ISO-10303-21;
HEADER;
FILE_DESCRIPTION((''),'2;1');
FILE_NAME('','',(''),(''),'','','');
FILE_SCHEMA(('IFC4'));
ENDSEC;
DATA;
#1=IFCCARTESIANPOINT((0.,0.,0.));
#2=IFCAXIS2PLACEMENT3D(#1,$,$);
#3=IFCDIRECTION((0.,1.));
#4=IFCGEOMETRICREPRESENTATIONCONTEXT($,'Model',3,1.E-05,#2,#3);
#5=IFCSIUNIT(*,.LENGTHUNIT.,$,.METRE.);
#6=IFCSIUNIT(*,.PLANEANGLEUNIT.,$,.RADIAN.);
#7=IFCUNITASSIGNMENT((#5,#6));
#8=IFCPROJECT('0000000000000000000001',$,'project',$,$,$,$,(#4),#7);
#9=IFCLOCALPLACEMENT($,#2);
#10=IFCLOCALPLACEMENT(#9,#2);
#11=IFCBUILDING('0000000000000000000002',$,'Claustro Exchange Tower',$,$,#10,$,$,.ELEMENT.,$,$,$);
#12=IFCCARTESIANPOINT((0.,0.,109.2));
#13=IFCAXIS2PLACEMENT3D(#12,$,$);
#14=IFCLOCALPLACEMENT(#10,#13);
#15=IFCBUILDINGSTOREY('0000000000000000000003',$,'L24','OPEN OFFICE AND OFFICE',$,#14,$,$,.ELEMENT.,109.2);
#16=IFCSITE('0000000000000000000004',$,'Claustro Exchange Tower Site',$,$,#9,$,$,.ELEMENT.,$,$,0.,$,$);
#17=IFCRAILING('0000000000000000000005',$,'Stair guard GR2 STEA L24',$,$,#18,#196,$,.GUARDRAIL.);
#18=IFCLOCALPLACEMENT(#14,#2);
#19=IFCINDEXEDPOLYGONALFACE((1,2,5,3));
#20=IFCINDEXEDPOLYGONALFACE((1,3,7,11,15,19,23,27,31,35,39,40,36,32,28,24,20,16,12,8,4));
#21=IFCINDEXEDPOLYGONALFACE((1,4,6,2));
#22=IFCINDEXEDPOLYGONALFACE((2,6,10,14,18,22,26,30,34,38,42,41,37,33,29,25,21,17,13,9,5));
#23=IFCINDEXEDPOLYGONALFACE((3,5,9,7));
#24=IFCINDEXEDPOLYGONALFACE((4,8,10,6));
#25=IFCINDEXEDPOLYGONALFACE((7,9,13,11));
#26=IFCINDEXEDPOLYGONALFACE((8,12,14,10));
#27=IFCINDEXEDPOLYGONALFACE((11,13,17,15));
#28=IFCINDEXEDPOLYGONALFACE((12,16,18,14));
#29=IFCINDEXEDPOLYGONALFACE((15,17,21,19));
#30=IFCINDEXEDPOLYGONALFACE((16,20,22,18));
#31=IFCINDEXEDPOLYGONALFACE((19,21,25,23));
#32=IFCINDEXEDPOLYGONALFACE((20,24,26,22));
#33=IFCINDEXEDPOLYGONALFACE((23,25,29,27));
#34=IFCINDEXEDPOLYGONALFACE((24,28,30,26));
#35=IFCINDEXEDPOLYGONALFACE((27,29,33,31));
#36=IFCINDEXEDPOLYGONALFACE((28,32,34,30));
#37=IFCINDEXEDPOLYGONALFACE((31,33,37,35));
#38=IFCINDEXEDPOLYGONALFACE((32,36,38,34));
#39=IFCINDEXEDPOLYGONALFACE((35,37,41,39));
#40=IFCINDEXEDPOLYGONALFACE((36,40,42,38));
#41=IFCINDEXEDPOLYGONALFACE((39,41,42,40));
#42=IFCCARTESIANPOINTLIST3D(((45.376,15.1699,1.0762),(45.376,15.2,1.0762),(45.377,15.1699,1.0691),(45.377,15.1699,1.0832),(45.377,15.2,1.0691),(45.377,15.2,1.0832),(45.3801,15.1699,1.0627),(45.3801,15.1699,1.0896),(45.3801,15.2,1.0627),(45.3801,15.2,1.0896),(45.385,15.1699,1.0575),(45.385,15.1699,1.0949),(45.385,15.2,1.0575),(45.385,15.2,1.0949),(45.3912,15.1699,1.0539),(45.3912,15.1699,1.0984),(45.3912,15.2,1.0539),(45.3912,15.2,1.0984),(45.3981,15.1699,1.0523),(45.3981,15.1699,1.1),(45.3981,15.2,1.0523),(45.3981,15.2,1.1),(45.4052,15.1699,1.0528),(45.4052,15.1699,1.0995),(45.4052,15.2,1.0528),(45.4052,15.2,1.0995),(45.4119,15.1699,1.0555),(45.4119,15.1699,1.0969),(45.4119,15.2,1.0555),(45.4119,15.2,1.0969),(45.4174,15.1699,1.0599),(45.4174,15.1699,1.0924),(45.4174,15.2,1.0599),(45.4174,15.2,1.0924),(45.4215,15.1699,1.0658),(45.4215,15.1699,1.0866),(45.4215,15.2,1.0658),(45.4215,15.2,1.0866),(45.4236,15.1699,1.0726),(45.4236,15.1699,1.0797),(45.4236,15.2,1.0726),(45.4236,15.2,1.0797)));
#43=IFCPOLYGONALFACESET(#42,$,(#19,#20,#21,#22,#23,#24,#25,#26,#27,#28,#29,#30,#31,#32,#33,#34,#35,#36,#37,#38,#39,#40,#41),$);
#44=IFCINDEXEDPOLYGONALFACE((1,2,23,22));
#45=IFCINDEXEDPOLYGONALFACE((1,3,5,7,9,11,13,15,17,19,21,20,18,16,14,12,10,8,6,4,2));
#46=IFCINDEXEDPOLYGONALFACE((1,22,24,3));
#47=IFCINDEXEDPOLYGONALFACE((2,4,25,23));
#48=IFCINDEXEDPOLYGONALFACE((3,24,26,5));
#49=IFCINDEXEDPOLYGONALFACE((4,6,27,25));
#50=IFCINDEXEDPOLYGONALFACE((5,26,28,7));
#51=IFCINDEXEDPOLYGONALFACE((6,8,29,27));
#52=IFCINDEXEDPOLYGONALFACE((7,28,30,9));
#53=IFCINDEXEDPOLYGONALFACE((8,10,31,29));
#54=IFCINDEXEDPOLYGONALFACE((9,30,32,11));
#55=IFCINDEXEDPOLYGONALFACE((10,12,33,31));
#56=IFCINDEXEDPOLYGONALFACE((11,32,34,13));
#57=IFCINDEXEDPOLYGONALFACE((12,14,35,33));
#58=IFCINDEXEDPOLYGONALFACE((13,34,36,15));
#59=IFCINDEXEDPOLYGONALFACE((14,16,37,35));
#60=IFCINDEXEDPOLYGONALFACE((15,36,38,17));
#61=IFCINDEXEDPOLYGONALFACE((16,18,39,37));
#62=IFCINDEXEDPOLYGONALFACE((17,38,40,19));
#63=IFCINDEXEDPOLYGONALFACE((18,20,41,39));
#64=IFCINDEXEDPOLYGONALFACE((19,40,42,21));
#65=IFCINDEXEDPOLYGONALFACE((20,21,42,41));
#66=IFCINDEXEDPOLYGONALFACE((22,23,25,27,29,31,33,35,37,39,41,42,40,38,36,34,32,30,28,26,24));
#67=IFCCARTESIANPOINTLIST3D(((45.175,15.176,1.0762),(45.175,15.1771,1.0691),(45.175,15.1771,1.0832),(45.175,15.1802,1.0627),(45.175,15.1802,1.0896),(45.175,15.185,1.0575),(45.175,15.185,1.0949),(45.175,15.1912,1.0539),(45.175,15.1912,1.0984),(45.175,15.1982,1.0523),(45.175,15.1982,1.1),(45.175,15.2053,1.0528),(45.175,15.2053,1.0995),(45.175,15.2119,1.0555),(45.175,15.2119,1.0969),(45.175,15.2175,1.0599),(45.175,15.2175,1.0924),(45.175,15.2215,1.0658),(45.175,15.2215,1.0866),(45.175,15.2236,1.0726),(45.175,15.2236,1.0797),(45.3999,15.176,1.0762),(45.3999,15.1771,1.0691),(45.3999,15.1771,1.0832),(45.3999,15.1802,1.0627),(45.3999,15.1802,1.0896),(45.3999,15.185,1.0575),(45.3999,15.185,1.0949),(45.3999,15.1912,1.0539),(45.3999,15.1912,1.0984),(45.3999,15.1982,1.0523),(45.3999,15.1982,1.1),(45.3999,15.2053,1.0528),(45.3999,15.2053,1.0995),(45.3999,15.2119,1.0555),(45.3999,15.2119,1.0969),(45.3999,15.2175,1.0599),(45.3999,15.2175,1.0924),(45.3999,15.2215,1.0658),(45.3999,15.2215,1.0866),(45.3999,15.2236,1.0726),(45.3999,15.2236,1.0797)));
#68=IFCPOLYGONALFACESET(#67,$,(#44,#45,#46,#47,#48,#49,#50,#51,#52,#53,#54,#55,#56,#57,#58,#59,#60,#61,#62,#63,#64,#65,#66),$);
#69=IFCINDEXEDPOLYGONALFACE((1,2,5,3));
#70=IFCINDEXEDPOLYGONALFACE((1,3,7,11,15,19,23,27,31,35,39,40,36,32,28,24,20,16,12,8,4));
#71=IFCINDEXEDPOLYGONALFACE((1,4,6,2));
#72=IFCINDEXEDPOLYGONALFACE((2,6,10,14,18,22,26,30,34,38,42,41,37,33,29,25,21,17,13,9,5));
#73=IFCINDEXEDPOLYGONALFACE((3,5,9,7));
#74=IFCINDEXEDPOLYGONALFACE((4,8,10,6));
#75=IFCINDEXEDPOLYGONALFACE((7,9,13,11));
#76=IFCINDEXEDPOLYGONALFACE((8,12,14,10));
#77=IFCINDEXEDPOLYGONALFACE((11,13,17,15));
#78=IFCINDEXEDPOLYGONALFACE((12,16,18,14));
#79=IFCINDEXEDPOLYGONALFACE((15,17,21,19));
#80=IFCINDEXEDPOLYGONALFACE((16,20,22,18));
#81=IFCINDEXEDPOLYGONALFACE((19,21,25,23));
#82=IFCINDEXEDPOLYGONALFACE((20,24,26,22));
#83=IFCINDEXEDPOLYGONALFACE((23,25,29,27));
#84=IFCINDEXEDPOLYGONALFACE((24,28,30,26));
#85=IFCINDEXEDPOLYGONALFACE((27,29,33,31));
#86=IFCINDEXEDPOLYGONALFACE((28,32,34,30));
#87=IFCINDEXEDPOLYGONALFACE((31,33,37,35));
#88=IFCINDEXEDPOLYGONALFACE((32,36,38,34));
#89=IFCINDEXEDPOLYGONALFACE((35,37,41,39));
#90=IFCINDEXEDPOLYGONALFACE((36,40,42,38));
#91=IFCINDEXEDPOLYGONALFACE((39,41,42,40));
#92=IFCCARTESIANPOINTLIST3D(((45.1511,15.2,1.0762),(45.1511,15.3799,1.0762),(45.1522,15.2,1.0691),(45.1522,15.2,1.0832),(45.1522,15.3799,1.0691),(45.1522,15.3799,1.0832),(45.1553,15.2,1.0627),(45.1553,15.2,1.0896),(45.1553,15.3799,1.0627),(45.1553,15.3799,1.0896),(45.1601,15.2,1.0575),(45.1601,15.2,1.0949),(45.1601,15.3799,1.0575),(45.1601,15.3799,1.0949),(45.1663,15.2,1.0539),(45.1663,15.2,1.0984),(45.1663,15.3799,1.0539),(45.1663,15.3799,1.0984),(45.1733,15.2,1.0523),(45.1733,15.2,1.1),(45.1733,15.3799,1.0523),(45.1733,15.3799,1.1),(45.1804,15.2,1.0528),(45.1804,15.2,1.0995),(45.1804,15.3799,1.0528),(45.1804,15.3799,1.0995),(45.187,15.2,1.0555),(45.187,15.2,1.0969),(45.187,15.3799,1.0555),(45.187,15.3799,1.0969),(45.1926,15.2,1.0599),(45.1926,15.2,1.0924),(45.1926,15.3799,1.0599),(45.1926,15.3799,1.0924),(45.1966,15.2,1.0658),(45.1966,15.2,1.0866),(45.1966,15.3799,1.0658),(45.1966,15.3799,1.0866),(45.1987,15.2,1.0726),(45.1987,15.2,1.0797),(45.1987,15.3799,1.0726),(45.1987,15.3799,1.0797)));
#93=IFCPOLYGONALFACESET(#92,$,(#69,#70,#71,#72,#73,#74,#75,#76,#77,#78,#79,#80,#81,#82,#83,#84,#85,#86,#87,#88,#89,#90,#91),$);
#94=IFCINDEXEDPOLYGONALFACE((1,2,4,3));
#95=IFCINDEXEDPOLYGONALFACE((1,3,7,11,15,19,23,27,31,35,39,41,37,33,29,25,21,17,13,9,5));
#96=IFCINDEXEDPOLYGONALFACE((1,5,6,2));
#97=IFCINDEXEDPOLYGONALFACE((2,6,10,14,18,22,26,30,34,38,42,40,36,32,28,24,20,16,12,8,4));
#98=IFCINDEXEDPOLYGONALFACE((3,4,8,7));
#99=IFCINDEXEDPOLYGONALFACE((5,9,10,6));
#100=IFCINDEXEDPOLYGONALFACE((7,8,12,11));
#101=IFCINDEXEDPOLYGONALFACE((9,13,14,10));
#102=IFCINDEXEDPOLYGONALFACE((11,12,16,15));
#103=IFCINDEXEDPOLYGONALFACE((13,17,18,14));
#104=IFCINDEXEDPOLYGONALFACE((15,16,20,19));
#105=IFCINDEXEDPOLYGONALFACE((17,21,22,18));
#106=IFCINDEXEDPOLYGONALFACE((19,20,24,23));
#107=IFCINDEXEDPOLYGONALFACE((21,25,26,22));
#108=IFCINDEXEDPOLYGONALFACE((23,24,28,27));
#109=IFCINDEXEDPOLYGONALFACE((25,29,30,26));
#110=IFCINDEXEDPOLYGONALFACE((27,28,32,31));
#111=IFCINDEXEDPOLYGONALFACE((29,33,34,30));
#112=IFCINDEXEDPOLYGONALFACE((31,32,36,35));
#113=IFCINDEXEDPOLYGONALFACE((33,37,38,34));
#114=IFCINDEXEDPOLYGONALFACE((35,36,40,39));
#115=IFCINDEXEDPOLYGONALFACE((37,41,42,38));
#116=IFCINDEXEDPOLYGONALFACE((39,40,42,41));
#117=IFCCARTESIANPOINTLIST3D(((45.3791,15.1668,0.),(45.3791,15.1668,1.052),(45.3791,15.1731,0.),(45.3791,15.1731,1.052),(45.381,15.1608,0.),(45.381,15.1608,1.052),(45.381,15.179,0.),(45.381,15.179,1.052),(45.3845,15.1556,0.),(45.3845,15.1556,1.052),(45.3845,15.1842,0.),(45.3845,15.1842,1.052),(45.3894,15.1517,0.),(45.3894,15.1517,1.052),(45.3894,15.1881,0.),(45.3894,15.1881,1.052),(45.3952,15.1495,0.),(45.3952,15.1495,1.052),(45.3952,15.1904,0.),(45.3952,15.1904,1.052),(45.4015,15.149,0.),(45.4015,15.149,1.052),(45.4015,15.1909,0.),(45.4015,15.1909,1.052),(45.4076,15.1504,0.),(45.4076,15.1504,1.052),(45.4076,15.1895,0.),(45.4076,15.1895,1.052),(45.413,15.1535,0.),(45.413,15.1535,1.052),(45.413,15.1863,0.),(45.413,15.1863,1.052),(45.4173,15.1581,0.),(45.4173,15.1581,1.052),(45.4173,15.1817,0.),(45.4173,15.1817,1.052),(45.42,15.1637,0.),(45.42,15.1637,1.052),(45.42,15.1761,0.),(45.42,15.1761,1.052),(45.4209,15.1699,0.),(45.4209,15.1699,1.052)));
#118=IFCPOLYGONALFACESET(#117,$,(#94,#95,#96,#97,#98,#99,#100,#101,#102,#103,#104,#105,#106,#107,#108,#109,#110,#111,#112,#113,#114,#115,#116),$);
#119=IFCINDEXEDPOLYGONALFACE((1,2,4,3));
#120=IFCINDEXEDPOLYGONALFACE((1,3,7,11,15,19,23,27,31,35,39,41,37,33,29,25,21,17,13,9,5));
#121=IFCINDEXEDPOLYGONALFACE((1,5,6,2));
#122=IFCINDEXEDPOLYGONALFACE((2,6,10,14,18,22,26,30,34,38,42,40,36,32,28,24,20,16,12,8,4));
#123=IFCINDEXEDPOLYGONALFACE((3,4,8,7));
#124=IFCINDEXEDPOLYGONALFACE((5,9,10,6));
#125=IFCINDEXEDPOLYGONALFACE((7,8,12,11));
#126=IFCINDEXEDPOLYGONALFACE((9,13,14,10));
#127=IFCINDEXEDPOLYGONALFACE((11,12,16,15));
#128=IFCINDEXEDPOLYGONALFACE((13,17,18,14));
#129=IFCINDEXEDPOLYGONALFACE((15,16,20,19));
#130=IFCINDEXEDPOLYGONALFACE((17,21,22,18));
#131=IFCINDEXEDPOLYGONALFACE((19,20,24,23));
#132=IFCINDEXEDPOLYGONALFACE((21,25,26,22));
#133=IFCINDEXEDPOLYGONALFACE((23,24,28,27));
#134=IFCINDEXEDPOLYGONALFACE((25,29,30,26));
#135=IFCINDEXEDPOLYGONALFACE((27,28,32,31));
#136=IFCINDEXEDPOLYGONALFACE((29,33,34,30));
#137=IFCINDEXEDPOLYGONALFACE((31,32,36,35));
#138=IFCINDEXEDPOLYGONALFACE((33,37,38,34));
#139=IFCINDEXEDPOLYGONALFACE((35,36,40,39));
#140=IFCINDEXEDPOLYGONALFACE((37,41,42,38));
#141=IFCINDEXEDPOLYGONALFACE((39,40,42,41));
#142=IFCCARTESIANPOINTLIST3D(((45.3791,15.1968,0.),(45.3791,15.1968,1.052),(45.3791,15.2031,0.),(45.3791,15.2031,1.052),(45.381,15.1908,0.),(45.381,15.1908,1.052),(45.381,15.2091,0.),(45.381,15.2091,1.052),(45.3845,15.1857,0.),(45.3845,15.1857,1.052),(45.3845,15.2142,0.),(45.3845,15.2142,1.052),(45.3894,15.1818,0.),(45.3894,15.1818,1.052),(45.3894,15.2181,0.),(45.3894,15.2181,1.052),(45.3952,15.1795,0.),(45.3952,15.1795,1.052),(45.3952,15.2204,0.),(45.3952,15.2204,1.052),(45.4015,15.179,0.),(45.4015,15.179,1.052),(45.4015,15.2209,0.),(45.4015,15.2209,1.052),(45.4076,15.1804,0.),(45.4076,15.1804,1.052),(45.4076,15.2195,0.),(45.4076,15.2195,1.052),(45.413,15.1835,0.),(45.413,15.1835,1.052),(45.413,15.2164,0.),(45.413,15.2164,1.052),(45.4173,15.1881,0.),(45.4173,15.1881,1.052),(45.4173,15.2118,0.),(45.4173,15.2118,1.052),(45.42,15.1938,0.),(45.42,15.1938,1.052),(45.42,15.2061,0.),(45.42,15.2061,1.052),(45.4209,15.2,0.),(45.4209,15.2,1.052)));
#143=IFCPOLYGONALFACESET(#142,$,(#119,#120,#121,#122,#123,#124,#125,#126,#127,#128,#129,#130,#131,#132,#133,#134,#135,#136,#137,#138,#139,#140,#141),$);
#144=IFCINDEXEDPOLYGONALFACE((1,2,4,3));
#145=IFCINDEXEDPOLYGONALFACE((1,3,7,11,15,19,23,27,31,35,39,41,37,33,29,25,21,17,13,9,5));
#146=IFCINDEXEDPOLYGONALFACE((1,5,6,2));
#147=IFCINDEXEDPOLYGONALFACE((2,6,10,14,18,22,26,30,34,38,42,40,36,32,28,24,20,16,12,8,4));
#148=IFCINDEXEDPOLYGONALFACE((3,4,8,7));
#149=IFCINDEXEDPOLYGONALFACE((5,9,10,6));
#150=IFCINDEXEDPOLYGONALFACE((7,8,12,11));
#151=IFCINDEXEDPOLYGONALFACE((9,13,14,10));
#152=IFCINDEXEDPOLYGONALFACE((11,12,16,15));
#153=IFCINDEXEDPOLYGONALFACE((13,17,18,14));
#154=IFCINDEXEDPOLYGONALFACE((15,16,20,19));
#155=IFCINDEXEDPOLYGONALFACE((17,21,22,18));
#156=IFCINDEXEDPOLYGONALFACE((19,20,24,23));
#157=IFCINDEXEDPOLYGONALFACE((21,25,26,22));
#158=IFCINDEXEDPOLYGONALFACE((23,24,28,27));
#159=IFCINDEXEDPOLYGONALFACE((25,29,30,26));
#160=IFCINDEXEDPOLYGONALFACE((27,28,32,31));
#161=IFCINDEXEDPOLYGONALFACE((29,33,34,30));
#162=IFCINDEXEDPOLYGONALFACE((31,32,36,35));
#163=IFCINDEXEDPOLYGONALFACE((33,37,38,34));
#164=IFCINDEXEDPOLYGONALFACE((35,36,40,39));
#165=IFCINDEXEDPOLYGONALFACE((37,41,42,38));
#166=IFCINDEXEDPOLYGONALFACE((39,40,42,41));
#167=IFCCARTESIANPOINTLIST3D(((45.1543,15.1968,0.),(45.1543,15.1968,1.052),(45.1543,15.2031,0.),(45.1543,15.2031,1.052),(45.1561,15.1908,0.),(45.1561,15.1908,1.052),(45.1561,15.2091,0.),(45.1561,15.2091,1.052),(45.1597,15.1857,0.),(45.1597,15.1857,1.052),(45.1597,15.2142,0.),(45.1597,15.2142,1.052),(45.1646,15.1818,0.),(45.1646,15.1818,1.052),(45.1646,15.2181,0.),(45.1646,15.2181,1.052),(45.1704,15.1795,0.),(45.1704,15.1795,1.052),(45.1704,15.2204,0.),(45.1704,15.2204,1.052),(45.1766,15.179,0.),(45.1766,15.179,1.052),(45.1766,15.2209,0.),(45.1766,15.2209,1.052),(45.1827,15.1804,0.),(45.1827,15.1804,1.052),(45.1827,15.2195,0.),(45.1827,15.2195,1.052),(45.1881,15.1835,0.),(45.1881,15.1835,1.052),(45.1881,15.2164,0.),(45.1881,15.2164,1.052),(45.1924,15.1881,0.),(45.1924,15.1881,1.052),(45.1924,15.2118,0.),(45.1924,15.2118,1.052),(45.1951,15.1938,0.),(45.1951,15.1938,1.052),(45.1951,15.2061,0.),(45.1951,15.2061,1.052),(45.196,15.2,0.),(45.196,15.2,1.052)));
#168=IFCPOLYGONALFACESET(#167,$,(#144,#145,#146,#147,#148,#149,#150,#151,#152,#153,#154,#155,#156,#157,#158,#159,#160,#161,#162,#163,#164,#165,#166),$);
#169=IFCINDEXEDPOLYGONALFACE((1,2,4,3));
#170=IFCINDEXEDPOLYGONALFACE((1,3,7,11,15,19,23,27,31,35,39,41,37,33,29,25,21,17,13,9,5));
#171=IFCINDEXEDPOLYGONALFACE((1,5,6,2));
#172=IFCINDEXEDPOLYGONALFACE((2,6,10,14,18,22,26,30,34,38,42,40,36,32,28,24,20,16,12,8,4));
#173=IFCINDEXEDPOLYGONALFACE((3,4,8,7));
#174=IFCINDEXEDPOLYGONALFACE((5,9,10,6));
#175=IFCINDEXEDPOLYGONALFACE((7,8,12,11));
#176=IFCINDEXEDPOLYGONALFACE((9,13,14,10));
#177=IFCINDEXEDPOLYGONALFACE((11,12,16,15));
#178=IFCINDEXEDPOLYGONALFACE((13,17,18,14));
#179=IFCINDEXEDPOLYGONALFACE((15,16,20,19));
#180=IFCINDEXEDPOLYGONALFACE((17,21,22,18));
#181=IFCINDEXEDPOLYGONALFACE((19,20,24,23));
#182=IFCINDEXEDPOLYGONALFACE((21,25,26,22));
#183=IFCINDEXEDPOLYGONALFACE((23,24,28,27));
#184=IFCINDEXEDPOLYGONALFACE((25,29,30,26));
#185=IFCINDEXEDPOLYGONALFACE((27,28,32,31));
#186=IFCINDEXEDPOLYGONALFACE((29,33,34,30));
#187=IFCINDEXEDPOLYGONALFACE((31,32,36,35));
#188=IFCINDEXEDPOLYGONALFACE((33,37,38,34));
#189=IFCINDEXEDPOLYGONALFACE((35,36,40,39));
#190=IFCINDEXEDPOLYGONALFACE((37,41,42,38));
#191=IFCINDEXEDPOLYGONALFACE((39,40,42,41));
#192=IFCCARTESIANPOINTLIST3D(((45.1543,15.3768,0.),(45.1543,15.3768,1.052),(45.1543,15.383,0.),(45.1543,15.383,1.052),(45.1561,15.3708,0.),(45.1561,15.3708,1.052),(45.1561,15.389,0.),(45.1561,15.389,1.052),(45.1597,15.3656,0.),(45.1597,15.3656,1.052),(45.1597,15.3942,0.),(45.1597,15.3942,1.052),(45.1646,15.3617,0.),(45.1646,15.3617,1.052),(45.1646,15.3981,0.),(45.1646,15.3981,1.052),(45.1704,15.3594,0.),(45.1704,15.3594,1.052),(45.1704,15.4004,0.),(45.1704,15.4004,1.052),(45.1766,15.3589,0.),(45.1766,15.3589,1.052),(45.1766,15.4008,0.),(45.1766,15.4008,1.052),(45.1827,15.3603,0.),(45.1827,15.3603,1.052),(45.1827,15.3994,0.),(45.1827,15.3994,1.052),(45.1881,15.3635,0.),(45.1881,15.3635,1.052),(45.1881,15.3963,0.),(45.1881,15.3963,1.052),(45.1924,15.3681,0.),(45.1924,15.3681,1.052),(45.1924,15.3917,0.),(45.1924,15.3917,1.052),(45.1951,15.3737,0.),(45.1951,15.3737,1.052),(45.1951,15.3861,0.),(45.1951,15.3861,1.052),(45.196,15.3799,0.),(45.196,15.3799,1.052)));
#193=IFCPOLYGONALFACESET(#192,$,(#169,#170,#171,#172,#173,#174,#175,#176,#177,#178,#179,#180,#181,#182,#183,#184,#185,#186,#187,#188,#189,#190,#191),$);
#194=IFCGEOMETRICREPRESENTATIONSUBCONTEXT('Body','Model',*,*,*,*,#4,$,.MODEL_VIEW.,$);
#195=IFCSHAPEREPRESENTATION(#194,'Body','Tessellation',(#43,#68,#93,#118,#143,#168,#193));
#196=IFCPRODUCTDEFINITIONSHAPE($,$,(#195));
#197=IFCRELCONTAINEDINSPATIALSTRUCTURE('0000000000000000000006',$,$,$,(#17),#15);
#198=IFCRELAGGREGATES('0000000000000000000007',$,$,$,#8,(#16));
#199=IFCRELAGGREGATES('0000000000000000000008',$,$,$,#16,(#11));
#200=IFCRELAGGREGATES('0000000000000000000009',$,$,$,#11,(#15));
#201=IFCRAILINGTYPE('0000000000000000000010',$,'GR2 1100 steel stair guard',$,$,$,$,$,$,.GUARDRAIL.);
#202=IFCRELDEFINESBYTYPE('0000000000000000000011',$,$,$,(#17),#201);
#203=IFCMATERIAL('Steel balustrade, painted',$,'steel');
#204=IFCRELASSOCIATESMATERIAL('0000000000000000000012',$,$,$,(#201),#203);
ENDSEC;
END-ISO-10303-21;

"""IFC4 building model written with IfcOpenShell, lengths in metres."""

from ifc_helpers import new_model, si_unit, direction, frame, origin, origin_2d, place, context, subcontext, project, spatial, circle, extrude, material, type_object, element, save


model = new_model("IFC4")

# Units and contexts
model_context = context("Model", 3, precision=1e-05, world=origin(), true_north=direction((0.0, 1.0)))
body_context = subcontext(model_context, "Body", "Model", "MODEL_VIEW")
ifc_project = project(units=[si_unit("LENGTHUNIT", "METRE"), si_unit("PLANEANGLEUNIT", "RADIAN")], contexts=[model_context])

# Site, building, storey
site_placement = place(None, origin())
site = spatial("IfcSite", under=ifc_project, at=site_placement, Name="Claustro Exchange Tower Site", CompositionType="ELEMENT", RefElevation=0.0)
building_placement = place(site_placement, origin())
building = spatial("IfcBuilding", under=site, at=building_placement, Name="Claustro Exchange Tower", CompositionType="ELEMENT")
storey_placement = place(building_placement, frame((0.0, 0.0, 109.2)))
storey = spatial("IfcBuildingStorey", under=building, at=storey_placement, Name="L24", Description="OPEN OFFICE AND OFFICE", CompositionType="ELEMENT", Elevation=109.2)

# Railing
ifc_material_1 = material(Name="Steel balustrade, painted", Category="steel")
railing_type_1 = type_object("IfcRailingType", Name="GR2 1100 steel stair guard", PredefinedType="GUARDRAIL", material=ifc_material_1)
railing_1_placement = place(storey_placement, frame((45.3999, 15.1699, 0.0)))
element("IfcRailing", 1, at=railing_1_placement, inside=storey, type_object=railing_type_1, Name="Stair guard GR2 STEA L24", PredefinedType="GUARDRAIL", context=body_context, shape_type="SweptSolid", body=[
    extrude(circle(Radius=0.0239, at=origin_2d()), frame((0.0, 0.0, 1.0762), z_axis=(0.0, 1.0, 0.0), x_axis=(-1.0, 0.0, 0.0)), (0.0, 0.0, 1.0), 0.03),
    extrude(circle(Radius=0.0239, at=origin_2d()), frame((0.0, 0.03, 1.0762), z_axis=(-1.0, 0.0, 0.0), x_axis=(0.0, -1.0, 0.0)), (0.0, 0.0, 1.0), 0.2249),
    extrude(circle(Radius=0.0239, at=origin_2d()), frame((-0.2249, 0.03, 1.0762), z_axis=(0.0, 1.0, 0.0), x_axis=(-1.0, 0.0, 0.0)), (0.0, 0.0, 1.0), 0.1799),
    extrude(circle(Radius=0.021, at=origin_2d()), origin(), (0.0, 0.0, 1.0), 1.052),
    extrude(circle(Radius=0.021, at=origin_2d()), frame((0.0, 0.03, 0.0)), (0.0, 0.0, 1.0), 1.052),
    extrude(circle(Radius=0.021, at=origin_2d()), frame((-0.2249, 0.03, 0.0)), (0.0, 0.0, 1.0), 1.052),
    extrude(circle(Radius=0.021, at=origin_2d()), frame((-0.2249, 0.21, 0.0)), (0.0, 0.0, 1.0), 1.052),
])

save(model, "model.ifc")
